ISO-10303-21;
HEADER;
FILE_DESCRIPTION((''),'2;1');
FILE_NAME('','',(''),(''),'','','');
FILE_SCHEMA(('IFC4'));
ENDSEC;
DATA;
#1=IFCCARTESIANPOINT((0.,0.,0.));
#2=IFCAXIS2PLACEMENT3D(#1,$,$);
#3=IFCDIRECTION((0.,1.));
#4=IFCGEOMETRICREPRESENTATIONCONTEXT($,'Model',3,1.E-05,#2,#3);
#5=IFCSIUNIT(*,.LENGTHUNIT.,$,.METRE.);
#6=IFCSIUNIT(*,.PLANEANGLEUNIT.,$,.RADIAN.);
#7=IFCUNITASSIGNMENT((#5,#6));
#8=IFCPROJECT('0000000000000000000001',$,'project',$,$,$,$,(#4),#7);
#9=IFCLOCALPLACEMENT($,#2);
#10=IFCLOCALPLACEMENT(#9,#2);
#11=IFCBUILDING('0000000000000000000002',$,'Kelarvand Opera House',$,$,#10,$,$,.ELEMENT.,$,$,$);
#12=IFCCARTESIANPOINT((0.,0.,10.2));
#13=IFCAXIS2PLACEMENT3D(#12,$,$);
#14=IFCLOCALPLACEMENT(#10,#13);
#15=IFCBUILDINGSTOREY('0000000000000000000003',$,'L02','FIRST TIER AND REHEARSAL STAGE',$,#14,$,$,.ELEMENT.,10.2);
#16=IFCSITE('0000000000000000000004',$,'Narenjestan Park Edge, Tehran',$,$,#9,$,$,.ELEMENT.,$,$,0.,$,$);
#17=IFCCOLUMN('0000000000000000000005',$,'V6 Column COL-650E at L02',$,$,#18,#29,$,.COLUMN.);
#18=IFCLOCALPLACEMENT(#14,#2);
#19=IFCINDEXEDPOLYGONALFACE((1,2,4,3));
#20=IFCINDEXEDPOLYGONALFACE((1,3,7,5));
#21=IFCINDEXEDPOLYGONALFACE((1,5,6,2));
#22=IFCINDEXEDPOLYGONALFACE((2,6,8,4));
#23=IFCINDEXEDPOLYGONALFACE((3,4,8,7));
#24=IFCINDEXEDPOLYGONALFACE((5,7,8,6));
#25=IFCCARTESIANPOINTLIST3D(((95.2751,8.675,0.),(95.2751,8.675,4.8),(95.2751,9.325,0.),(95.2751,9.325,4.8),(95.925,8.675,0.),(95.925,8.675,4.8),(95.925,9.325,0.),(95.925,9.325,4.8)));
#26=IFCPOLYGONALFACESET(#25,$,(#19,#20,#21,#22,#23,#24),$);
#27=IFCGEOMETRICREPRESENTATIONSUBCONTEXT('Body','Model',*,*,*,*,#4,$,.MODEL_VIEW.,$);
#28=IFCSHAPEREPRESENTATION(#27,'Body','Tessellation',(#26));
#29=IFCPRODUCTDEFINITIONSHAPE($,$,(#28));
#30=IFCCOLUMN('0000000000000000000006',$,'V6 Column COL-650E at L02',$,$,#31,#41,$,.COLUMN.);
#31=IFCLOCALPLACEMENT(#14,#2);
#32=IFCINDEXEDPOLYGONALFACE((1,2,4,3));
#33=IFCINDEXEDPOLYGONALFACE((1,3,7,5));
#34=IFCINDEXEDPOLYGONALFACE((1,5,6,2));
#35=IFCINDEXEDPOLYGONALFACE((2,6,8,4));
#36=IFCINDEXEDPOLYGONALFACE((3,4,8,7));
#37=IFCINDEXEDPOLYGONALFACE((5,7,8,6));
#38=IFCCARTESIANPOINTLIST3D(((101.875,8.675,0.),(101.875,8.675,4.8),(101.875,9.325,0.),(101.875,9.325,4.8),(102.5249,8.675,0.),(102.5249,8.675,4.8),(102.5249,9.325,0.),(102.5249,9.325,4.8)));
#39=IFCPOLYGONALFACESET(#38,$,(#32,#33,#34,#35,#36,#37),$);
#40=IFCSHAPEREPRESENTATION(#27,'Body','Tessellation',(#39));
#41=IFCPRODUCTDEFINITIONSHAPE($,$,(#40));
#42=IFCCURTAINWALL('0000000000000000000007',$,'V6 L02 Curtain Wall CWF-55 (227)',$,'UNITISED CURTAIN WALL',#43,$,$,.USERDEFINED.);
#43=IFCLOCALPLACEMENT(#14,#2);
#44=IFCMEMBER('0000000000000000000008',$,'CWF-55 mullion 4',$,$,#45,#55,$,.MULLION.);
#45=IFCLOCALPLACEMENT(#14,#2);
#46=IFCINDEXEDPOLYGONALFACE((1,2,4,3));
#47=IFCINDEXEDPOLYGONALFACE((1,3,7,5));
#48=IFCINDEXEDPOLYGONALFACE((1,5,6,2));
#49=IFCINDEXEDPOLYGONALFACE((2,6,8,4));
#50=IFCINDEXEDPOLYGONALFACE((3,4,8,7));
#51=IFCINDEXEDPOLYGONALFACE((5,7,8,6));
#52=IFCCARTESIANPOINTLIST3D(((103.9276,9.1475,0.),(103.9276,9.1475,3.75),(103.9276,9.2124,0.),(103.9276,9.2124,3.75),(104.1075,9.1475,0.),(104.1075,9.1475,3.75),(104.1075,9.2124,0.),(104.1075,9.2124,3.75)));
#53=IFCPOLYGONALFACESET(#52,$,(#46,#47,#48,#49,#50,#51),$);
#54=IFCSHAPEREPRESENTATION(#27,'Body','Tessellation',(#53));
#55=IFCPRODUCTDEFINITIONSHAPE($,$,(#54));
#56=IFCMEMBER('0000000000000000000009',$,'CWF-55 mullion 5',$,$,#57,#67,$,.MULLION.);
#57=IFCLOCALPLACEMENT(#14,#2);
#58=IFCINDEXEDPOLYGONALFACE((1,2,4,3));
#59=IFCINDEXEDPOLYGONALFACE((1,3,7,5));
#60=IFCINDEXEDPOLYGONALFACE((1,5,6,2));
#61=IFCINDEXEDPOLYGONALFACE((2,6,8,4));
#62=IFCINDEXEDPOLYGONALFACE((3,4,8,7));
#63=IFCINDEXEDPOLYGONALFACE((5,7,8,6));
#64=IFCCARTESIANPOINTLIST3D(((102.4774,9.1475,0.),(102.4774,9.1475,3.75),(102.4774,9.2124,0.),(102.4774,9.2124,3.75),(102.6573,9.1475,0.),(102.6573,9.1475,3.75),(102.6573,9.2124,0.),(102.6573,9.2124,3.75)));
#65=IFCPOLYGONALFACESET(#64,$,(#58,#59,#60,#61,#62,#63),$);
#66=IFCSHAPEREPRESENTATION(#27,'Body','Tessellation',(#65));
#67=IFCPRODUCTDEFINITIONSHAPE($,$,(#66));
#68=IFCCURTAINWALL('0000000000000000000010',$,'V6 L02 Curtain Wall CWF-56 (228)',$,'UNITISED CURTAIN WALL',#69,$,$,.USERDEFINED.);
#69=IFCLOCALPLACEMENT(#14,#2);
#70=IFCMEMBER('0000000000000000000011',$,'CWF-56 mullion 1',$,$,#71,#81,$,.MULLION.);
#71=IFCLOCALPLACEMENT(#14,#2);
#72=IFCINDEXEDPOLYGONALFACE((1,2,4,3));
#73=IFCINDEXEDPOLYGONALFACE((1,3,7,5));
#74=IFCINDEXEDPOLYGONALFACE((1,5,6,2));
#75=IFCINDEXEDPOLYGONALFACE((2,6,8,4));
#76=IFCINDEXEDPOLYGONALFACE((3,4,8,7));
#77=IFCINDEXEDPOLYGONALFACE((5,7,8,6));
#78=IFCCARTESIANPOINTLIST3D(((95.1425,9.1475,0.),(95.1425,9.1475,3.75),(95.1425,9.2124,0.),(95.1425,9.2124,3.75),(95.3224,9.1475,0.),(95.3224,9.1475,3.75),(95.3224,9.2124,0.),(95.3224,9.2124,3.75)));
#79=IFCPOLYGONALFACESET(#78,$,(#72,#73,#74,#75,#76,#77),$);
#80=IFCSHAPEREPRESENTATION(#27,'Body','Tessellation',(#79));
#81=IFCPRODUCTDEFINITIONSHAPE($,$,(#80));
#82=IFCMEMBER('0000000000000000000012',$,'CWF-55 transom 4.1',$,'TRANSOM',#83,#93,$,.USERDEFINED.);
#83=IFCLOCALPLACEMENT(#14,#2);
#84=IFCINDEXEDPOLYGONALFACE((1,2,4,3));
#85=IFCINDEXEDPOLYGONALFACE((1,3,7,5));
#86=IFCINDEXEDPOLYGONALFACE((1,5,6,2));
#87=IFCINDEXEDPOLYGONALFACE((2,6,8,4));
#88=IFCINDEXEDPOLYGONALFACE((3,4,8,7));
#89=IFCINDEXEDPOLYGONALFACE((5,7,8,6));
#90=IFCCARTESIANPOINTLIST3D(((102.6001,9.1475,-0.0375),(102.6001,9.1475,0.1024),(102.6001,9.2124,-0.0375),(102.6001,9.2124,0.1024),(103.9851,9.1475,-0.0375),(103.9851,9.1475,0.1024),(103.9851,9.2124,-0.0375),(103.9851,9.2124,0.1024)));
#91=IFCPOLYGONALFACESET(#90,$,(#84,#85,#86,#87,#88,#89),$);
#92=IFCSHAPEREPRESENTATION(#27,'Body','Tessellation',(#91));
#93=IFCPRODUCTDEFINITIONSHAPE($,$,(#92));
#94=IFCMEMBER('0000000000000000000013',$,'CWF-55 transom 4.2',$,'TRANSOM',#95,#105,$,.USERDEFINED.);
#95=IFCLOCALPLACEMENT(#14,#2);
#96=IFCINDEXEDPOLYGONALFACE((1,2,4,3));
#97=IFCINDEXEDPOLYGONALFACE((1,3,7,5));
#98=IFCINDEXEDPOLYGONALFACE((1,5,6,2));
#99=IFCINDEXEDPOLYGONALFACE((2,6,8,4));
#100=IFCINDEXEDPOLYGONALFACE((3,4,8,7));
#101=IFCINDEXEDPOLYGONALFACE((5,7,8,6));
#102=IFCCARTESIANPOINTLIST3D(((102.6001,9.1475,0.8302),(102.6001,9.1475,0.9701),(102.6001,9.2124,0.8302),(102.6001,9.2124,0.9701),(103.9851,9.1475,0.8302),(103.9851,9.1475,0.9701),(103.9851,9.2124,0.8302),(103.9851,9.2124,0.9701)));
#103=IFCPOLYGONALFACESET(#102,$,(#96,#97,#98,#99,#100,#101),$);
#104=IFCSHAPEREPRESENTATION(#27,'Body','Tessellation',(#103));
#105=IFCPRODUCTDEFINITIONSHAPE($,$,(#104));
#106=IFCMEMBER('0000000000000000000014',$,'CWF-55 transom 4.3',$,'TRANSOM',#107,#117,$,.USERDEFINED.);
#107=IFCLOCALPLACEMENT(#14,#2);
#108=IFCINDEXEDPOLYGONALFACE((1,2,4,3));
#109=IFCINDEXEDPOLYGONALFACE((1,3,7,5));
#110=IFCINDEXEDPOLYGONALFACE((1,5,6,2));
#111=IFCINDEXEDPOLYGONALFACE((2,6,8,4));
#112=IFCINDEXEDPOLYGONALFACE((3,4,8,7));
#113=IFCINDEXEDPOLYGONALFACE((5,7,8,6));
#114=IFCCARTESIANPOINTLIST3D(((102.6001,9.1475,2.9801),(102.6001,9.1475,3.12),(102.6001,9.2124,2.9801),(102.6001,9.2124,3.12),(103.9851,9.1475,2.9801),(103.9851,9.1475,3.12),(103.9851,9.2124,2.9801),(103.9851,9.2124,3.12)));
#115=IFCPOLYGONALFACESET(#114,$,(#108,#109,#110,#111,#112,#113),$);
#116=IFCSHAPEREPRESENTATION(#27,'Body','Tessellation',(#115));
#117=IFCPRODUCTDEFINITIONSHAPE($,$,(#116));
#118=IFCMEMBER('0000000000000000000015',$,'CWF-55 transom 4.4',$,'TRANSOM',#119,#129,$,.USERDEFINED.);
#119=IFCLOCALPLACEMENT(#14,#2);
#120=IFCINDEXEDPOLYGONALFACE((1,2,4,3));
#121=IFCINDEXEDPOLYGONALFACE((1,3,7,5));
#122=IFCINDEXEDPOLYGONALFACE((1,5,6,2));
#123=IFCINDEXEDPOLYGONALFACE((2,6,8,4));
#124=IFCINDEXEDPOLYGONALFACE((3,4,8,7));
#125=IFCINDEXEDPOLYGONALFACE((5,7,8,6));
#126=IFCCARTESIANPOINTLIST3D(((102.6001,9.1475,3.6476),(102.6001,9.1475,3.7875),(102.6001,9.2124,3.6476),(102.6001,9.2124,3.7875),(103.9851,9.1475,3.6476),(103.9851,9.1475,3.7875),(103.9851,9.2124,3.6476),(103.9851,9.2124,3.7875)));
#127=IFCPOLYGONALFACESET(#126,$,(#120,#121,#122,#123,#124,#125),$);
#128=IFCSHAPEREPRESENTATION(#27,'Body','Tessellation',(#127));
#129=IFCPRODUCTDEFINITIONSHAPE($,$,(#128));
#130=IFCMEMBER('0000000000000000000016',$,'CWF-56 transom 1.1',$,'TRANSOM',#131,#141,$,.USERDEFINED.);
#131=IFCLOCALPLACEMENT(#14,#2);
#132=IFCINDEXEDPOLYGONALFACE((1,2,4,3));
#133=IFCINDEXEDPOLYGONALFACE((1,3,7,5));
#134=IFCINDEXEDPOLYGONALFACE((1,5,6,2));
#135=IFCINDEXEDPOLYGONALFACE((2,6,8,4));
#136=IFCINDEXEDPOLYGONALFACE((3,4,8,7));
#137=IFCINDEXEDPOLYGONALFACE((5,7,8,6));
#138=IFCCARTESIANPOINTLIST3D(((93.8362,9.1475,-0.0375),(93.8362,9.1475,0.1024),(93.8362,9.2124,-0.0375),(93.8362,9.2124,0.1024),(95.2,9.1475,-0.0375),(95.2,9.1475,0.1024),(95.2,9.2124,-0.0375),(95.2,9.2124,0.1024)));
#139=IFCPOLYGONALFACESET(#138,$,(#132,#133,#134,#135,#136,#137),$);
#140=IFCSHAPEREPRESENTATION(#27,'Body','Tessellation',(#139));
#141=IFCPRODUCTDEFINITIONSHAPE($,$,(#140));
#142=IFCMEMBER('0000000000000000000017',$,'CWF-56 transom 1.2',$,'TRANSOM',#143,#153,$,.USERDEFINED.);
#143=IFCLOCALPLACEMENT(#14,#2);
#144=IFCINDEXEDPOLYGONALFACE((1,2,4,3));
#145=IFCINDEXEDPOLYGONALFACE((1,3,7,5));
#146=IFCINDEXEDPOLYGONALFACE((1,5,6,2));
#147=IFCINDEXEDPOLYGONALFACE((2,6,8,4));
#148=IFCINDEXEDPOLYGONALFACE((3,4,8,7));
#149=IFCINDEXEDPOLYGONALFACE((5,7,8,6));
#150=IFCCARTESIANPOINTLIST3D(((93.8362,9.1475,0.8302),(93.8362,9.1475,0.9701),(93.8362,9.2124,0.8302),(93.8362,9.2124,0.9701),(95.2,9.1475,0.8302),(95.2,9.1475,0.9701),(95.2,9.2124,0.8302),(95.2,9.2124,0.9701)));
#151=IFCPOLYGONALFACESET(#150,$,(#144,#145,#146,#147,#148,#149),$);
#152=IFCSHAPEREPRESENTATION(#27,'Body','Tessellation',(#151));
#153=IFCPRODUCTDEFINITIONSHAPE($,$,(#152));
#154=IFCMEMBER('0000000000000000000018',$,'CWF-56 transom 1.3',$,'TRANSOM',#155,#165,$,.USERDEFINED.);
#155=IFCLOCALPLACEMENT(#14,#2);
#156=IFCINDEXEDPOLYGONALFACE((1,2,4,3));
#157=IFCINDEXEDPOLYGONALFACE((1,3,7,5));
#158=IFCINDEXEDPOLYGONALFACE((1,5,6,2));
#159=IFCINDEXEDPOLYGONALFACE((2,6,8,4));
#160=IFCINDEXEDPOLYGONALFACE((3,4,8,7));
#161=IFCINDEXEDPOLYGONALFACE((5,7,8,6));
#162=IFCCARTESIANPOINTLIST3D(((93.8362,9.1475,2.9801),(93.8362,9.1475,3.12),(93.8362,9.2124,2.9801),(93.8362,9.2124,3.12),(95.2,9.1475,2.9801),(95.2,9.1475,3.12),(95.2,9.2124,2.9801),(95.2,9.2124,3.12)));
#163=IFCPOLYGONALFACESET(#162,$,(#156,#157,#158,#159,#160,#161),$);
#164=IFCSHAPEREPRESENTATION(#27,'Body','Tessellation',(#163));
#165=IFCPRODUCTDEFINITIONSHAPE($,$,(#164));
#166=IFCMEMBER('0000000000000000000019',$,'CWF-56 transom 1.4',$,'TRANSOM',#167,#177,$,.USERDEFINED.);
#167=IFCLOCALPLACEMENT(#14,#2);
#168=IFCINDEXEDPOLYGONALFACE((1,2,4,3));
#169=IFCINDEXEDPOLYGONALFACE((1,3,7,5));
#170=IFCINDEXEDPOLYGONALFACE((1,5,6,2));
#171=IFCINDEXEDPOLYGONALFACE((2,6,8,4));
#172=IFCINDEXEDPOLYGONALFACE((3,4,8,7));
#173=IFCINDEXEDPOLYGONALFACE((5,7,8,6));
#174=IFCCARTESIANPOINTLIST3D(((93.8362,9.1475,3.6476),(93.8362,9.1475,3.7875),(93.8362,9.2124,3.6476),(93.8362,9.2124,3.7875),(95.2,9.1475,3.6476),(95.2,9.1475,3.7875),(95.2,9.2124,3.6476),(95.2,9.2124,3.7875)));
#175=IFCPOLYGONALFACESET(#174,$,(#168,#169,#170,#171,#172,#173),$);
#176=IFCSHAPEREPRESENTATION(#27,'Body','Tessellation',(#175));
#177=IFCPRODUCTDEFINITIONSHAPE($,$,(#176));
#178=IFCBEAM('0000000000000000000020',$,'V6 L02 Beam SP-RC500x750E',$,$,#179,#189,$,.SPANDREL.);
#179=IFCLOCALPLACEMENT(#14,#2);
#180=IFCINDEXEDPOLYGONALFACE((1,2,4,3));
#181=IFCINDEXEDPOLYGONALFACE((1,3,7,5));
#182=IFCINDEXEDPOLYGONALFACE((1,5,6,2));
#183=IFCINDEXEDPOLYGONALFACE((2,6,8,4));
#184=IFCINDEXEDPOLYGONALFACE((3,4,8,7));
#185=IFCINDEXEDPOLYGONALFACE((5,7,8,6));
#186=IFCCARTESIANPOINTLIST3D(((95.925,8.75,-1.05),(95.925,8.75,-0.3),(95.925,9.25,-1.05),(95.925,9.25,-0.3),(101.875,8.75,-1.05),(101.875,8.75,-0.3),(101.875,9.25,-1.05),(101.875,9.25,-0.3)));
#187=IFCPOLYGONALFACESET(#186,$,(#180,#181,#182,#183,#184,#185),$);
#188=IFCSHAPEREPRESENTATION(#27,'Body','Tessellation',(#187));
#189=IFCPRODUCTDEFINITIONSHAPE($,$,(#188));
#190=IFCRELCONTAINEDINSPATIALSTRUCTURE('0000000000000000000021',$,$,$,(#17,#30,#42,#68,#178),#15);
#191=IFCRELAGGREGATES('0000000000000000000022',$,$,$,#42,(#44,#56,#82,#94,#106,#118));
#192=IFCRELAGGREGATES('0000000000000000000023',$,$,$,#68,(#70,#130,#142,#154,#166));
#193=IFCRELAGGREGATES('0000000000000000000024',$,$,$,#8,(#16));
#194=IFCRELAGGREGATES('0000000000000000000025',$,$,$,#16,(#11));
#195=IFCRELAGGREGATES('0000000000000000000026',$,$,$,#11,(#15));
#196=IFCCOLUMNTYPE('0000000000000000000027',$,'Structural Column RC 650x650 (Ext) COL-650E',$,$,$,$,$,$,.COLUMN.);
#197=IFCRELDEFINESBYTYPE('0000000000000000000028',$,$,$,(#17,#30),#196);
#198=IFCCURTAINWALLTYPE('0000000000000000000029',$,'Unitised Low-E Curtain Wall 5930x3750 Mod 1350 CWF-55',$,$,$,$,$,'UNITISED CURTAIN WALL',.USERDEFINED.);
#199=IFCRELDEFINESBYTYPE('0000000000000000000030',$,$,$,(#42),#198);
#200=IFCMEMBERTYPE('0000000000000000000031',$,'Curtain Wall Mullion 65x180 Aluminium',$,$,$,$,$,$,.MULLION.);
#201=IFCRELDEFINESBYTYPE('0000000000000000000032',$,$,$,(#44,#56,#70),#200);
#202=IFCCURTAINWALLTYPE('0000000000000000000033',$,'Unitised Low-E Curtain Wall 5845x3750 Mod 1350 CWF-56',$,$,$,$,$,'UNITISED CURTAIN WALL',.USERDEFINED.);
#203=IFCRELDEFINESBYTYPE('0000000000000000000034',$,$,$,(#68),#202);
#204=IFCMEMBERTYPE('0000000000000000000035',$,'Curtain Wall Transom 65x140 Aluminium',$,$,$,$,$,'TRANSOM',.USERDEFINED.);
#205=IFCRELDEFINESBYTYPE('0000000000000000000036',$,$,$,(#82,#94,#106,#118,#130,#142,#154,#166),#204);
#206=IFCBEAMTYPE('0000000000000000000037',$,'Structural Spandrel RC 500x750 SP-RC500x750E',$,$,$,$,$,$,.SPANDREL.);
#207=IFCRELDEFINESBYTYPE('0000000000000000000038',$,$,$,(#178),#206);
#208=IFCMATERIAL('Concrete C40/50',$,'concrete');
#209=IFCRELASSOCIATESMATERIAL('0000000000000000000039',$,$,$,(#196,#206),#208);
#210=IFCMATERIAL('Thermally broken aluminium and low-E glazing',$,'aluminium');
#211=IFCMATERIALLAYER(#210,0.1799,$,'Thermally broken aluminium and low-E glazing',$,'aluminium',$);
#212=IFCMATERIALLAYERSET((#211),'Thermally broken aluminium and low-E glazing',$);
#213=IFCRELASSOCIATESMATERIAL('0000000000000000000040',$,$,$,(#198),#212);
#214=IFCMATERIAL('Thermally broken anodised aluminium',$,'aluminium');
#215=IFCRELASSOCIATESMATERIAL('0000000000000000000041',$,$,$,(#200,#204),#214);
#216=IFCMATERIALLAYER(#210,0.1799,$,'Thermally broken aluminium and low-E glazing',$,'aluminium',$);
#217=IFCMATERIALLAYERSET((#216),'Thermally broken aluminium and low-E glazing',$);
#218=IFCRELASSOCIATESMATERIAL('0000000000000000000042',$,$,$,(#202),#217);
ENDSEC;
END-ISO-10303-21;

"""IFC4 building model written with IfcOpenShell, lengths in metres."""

from ifc_helpers import new_model, si_unit, direction, frame, origin, origin_2d, place, context, subcontext, project, spatial, rectangle, extrude, material, layer, layer_set, material_profile, profile_set, type_object, element, aggregate, save


model = new_model("IFC4")

# Units and contexts
model_context = context("Model", 3, precision=1e-05, world=origin(), true_north=direction((0.0, 1.0)))
body_context = subcontext(model_context, "Body", "Model", "MODEL_VIEW")
ifc_project = project(units=[si_unit("LENGTHUNIT", "METRE"), si_unit("PLANEANGLEUNIT", "RADIAN")], contexts=[model_context])

# Site, building, storey
site_placement = place(None, origin())
site = spatial("IfcSite", under=ifc_project, at=site_placement, Name="Narenjestan Park Edge, Tehran", CompositionType="ELEMENT", RefElevation=0.0)
building_placement = place(site_placement, origin())
building = spatial("IfcBuilding", under=site, at=building_placement, Name="Kelarvand Opera House", CompositionType="ELEMENT")
storey_placement = place(building_placement, frame((0.0, 0.0, 10.2)))
storey = spatial("IfcBuildingStorey", under=building, at=storey_placement, Name="L02", Description="FIRST TIER AND REHEARSAL STAGE", CompositionType="ELEMENT", Elevation=10.2)

# Columns
ifc_material_1 = material(Name="Concrete C40/50", Category="concrete")
ifc_material_profile_1 = material_profile(ifc_material_1, rectangle(XDim=0.6499, YDim=0.6499, at=origin_2d()), Name="RC 650x650", Category="concrete")
ifc_profile_set_1 = profile_set([ifc_material_profile_1], Name="Concrete C40/50")
column_type = type_object("IfcColumnType", Name="Structural Column RC 650x650 (Ext) COL-650E", PredefinedType="COLUMN", material=ifc_profile_set_1)
for number, where, z_axis, x_axis, name in (
    (1, (95.6001, 9.0, 0.0), (0.0, 0.0, 1.0), (1.0, 0.0, 0.0), "V6 Column COL-650E at L02"),
    (2, (102.2, 9.0, 0.0), (0.0, 0.0, 1.0), (1.0, 0.0, 0.0), "V6 Column COL-650E at L02"),
):
    element("IfcColumn", number, at=place(storey_placement, frame(where, z_axis=z_axis, x_axis=x_axis)), inside=storey, type_object=column_type, Name=name, PredefinedType="COLUMN", context=body_context, shape_type="SweptSolid", body=[
        extrude(rectangle(XDim=0.6499, YDim=0.6499, at=origin_2d()), origin(), (0.0, 0.0, 1.0), 4.8),
    ])

# Curtain wall, members
ifc_material_2 = material(Name="Thermally broken aluminium and low-E glazing", Category="aluminium")
ifc_layer_1 = layer(ifc_material_2, 0.1799, Name="Thermally broken aluminium and low-E glazing", Category="aluminium")
ifc_layer_set_1 = layer_set([ifc_layer_1], Name="Thermally broken aluminium and low-E glazing")
curtain_wall_type_1 = type_object("IfcCurtainWallType", Name="Unitised Low-E Curtain Wall 5930x3750 Mod 1350 CWF-55", ElementType="UNITISED CURTAIN WALL", PredefinedType="USERDEFINED", material=ifc_layer_set_1)
curtain_wall_1_placement = place(storey_placement, origin())
curtain_wall_1 = element("IfcCurtainWall", 3, at=curtain_wall_1_placement, inside=storey, type_object=curtain_wall_type_1, Name="V6 L02 Curtain Wall CWF-55 (227)", ObjectType="UNITISED CURTAIN WALL", PredefinedType="USERDEFINED")
ifc_material_3 = material(Name="Thermally broken anodised aluminium", Category="aluminium")
ifc_material_profile_2 = material_profile(ifc_material_3, rectangle(XDim=0.0649, YDim=0.1799, at=origin_2d()), Name="ALU MULLION 65x180", Category="aluminium")
ifc_profile_set_2 = profile_set([ifc_material_profile_2], Name="Thermally broken anodised aluminium")
member_type_1 = type_object("IfcMemberType", Name="Curtain Wall Mullion 65x180 Aluminium", PredefinedType="MULLION", material=ifc_profile_set_2)
member_1_placement = place(storey_placement, frame((104.0176, 9.1799, 0.0), z_axis=(0.0, 0.0, 1.0), x_axis=(0.0, -1.0, 0.0)))
member_1 = element("IfcMember", 4, at=member_1_placement, type_object=member_type_1, Name="CWF-55 mullion 4", PredefinedType="MULLION", context=body_context, shape_type="SweptSolid", body=[
    extrude(rectangle(XDim=0.0649, YDim=0.1799, at=origin_2d()), origin(), (0.0, 0.0, 1.0), 3.75),
])
member_2_placement = place(storey_placement, frame((102.5674, 9.1799, 0.0), z_axis=(0.0, 0.0, 1.0), x_axis=(0.0, -1.0, 0.0)))
member_2 = element("IfcMember", 5, at=member_2_placement, type_object=member_type_1, Name="CWF-55 mullion 5", PredefinedType="MULLION", context=body_context, shape_type="SweptSolid", body=[
    extrude(rectangle(XDim=0.0649, YDim=0.1799, at=origin_2d()), origin(), (0.0, 0.0, 1.0), 3.75),
])

# Curtain wall, member
ifc_layer_2 = layer(ifc_material_2, 0.1799, Name="Thermally broken aluminium and low-E glazing", Category="aluminium")
ifc_layer_set_2 = layer_set([ifc_layer_2], Name="Thermally broken aluminium and low-E glazing")
curtain_wall_type_2 = type_object("IfcCurtainWallType", Name="Unitised Low-E Curtain Wall 5845x3750 Mod 1350 CWF-56", ElementType="UNITISED CURTAIN WALL", PredefinedType="USERDEFINED", material=ifc_layer_set_2)
curtain_wall_2_placement = place(storey_placement, origin())
curtain_wall_2 = element("IfcCurtainWall", 6, at=curtain_wall_2_placement, inside=storey, type_object=curtain_wall_type_2, Name="V6 L02 Curtain Wall CWF-56 (228)", ObjectType="UNITISED CURTAIN WALL", PredefinedType="USERDEFINED")
member_3_placement = place(storey_placement, frame((95.2324, 9.1799, 0.0), z_axis=(0.0, 0.0, 1.0), x_axis=(0.0, -1.0, 0.0)))
member_3 = element("IfcMember", 7, at=member_3_placement, type_object=member_type_1, Name="CWF-56 mullion 1", PredefinedType="MULLION", context=body_context, shape_type="SweptSolid", body=[
    extrude(rectangle(XDim=0.0649, YDim=0.1799, at=origin_2d()), origin(), (0.0, 0.0, 1.0), 3.75),
])

# Members
ifc_material_profile_3 = material_profile(ifc_material_3, rectangle(XDim=0.0649, YDim=0.1399, at=origin_2d()), Name="ALU TRANSOM 65x140", Category="aluminium")
ifc_profile_set_3 = profile_set([ifc_material_profile_3], Name="Thermally broken anodised aluminium")
member_type_2 = type_object("IfcMemberType", Name="Curtain Wall Transom 65x140 Aluminium", ElementType="TRANSOM", PredefinedType="USERDEFINED", material=ifc_profile_set_3)
member_4_placement = place(storey_placement, frame((103.9851, 9.1799, 0.0325), z_axis=(-1.0, 0.0, 0.0), x_axis=(0.0, -1.0, 0.0)))
member_4 = element("IfcMember", 8, at=member_4_placement, type_object=member_type_2, Name="CWF-55 transom 4.1", ObjectType="TRANSOM", PredefinedType="USERDEFINED", context=body_context, shape_type="SweptSolid", body=[
    extrude(rectangle(XDim=0.0649, YDim=0.1399, at=origin_2d()), origin(), (0.0, 0.0, 1.0), 1.385),
])
member_5_placement = place(storey_placement, frame((103.9851, 9.1799, 0.9001), z_axis=(-1.0, 0.0, 0.0), x_axis=(0.0, -1.0, 0.0)))
member_5 = element("IfcMember", 9, at=member_5_placement, type_object=member_type_2, Name="CWF-55 transom 4.2", ObjectType="TRANSOM", PredefinedType="USERDEFINED", context=body_context, shape_type="SweptSolid", body=[
    extrude(rectangle(XDim=0.0649, YDim=0.1399, at=origin_2d()), origin(), (0.0, 0.0, 1.0), 1.385),
])
member_6_placement = place(storey_placement, frame((103.9851, 9.1799, 3.05), z_axis=(-1.0, 0.0, 0.0), x_axis=(0.0, -1.0, 0.0)))
member_6 = element("IfcMember", 10, at=member_6_placement, type_object=member_type_2, Name="CWF-55 transom 4.3", ObjectType="TRANSOM", PredefinedType="USERDEFINED", context=body_context, shape_type="SweptSolid", body=[
    extrude(rectangle(XDim=0.0649, YDim=0.1399, at=origin_2d()), origin(), (0.0, 0.0, 1.0), 1.385),
])
member_7_placement = place(storey_placement, frame((103.9851, 9.1799, 3.7175), z_axis=(-1.0, 0.0, 0.0), x_axis=(0.0, -1.0, 0.0)))
member_7 = element("IfcMember", 11, at=member_7_placement, type_object=member_type_2, Name="CWF-55 transom 4.4", ObjectType="TRANSOM", PredefinedType="USERDEFINED", context=body_context, shape_type="SweptSolid", body=[
    extrude(rectangle(XDim=0.0649, YDim=0.1399, at=origin_2d()), origin(), (0.0, 0.0, 1.0), 1.385),
])
member_8_placement = place(storey_placement, frame((95.2, 9.1799, 0.0325), z_axis=(-1.0, 0.0, 0.0), x_axis=(0.0, -1.0, 0.0)))
member_8 = element("IfcMember", 12, at=member_8_placement, type_object=member_type_2, Name="CWF-56 transom 1.1", ObjectType="TRANSOM", PredefinedType="USERDEFINED", context=body_context, shape_type="SweptSolid", body=[
    extrude(rectangle(XDim=0.0649, YDim=0.1399, at=origin_2d()), origin(), (0.0, 0.0, 1.0), 1.3638),
])
member_9_placement = place(storey_placement, frame((95.2, 9.1799, 0.9001), z_axis=(-1.0, 0.0, 0.0), x_axis=(0.0, -1.0, 0.0)))
member_9 = element("IfcMember", 13, at=member_9_placement, type_object=member_type_2, Name="CWF-56 transom 1.2", ObjectType="TRANSOM", PredefinedType="USERDEFINED", context=body_context, shape_type="SweptSolid", body=[
    extrude(rectangle(XDim=0.0649, YDim=0.1399, at=origin_2d()), origin(), (0.0, 0.0, 1.0), 1.3638),
])
member_10_placement = place(storey_placement, frame((95.2, 9.1799, 3.05), z_axis=(-1.0, 0.0, 0.0), x_axis=(0.0, -1.0, 0.0)))
member_10 = element("IfcMember", 14, at=member_10_placement, type_object=member_type_2, Name="CWF-56 transom 1.3", ObjectType="TRANSOM", PredefinedType="USERDEFINED", context=body_context, shape_type="SweptSolid", body=[
    extrude(rectangle(XDim=0.0649, YDim=0.1399, at=origin_2d()), origin(), (0.0, 0.0, 1.0), 1.3638),
])
member_11_placement = place(storey_placement, frame((95.2, 9.1799, 3.7175), z_axis=(-1.0, 0.0, 0.0), x_axis=(0.0, -1.0, 0.0)))
member_11 = element("IfcMember", 15, at=member_11_placement, type_object=member_type_2, Name="CWF-56 transom 1.4", ObjectType="TRANSOM", PredefinedType="USERDEFINED", context=body_context, shape_type="SweptSolid", body=[
    extrude(rectangle(XDim=0.0649, YDim=0.1399, at=origin_2d()), origin(), (0.0, 0.0, 1.0), 1.3638),
])

# Beam
ifc_material_profile_4 = material_profile(ifc_material_1, rectangle(XDim=0.5, YDim=0.75, at=origin_2d()), Name="RC 500x750", Category="concrete")
ifc_profile_set_4 = profile_set([ifc_material_profile_4], Name="Concrete C40/50")
beam_type = type_object("IfcBeamType", Name="Structural Spandrel RC 500x750 SP-RC500x750E", PredefinedType="SPANDREL", material=ifc_profile_set_4)
beam_1_placement = place(storey_placement, frame((95.925, 9.0, -0.675), z_axis=(1.0, 0.0, 0.0), x_axis=(0.0, 1.0, 0.0)))
element("IfcBeam", 16, at=beam_1_placement, inside=storey, type_object=beam_type, Name="V6 L02 Beam SP-RC500x750E", PredefinedType="SPANDREL", context=body_context, shape_type="SweptSolid", body=[
    extrude(rectangle(XDim=0.5, YDim=0.75, at=origin_2d()), origin(), (0.0, 0.0, 1.0), 5.95),
])

aggregate(curtain_wall_1, [member_1, member_2, member_4, member_5, member_6, member_7])
aggregate(curtain_wall_2, [member_3, member_8, member_9, member_10, member_11])

save(model, "model.ifc")
